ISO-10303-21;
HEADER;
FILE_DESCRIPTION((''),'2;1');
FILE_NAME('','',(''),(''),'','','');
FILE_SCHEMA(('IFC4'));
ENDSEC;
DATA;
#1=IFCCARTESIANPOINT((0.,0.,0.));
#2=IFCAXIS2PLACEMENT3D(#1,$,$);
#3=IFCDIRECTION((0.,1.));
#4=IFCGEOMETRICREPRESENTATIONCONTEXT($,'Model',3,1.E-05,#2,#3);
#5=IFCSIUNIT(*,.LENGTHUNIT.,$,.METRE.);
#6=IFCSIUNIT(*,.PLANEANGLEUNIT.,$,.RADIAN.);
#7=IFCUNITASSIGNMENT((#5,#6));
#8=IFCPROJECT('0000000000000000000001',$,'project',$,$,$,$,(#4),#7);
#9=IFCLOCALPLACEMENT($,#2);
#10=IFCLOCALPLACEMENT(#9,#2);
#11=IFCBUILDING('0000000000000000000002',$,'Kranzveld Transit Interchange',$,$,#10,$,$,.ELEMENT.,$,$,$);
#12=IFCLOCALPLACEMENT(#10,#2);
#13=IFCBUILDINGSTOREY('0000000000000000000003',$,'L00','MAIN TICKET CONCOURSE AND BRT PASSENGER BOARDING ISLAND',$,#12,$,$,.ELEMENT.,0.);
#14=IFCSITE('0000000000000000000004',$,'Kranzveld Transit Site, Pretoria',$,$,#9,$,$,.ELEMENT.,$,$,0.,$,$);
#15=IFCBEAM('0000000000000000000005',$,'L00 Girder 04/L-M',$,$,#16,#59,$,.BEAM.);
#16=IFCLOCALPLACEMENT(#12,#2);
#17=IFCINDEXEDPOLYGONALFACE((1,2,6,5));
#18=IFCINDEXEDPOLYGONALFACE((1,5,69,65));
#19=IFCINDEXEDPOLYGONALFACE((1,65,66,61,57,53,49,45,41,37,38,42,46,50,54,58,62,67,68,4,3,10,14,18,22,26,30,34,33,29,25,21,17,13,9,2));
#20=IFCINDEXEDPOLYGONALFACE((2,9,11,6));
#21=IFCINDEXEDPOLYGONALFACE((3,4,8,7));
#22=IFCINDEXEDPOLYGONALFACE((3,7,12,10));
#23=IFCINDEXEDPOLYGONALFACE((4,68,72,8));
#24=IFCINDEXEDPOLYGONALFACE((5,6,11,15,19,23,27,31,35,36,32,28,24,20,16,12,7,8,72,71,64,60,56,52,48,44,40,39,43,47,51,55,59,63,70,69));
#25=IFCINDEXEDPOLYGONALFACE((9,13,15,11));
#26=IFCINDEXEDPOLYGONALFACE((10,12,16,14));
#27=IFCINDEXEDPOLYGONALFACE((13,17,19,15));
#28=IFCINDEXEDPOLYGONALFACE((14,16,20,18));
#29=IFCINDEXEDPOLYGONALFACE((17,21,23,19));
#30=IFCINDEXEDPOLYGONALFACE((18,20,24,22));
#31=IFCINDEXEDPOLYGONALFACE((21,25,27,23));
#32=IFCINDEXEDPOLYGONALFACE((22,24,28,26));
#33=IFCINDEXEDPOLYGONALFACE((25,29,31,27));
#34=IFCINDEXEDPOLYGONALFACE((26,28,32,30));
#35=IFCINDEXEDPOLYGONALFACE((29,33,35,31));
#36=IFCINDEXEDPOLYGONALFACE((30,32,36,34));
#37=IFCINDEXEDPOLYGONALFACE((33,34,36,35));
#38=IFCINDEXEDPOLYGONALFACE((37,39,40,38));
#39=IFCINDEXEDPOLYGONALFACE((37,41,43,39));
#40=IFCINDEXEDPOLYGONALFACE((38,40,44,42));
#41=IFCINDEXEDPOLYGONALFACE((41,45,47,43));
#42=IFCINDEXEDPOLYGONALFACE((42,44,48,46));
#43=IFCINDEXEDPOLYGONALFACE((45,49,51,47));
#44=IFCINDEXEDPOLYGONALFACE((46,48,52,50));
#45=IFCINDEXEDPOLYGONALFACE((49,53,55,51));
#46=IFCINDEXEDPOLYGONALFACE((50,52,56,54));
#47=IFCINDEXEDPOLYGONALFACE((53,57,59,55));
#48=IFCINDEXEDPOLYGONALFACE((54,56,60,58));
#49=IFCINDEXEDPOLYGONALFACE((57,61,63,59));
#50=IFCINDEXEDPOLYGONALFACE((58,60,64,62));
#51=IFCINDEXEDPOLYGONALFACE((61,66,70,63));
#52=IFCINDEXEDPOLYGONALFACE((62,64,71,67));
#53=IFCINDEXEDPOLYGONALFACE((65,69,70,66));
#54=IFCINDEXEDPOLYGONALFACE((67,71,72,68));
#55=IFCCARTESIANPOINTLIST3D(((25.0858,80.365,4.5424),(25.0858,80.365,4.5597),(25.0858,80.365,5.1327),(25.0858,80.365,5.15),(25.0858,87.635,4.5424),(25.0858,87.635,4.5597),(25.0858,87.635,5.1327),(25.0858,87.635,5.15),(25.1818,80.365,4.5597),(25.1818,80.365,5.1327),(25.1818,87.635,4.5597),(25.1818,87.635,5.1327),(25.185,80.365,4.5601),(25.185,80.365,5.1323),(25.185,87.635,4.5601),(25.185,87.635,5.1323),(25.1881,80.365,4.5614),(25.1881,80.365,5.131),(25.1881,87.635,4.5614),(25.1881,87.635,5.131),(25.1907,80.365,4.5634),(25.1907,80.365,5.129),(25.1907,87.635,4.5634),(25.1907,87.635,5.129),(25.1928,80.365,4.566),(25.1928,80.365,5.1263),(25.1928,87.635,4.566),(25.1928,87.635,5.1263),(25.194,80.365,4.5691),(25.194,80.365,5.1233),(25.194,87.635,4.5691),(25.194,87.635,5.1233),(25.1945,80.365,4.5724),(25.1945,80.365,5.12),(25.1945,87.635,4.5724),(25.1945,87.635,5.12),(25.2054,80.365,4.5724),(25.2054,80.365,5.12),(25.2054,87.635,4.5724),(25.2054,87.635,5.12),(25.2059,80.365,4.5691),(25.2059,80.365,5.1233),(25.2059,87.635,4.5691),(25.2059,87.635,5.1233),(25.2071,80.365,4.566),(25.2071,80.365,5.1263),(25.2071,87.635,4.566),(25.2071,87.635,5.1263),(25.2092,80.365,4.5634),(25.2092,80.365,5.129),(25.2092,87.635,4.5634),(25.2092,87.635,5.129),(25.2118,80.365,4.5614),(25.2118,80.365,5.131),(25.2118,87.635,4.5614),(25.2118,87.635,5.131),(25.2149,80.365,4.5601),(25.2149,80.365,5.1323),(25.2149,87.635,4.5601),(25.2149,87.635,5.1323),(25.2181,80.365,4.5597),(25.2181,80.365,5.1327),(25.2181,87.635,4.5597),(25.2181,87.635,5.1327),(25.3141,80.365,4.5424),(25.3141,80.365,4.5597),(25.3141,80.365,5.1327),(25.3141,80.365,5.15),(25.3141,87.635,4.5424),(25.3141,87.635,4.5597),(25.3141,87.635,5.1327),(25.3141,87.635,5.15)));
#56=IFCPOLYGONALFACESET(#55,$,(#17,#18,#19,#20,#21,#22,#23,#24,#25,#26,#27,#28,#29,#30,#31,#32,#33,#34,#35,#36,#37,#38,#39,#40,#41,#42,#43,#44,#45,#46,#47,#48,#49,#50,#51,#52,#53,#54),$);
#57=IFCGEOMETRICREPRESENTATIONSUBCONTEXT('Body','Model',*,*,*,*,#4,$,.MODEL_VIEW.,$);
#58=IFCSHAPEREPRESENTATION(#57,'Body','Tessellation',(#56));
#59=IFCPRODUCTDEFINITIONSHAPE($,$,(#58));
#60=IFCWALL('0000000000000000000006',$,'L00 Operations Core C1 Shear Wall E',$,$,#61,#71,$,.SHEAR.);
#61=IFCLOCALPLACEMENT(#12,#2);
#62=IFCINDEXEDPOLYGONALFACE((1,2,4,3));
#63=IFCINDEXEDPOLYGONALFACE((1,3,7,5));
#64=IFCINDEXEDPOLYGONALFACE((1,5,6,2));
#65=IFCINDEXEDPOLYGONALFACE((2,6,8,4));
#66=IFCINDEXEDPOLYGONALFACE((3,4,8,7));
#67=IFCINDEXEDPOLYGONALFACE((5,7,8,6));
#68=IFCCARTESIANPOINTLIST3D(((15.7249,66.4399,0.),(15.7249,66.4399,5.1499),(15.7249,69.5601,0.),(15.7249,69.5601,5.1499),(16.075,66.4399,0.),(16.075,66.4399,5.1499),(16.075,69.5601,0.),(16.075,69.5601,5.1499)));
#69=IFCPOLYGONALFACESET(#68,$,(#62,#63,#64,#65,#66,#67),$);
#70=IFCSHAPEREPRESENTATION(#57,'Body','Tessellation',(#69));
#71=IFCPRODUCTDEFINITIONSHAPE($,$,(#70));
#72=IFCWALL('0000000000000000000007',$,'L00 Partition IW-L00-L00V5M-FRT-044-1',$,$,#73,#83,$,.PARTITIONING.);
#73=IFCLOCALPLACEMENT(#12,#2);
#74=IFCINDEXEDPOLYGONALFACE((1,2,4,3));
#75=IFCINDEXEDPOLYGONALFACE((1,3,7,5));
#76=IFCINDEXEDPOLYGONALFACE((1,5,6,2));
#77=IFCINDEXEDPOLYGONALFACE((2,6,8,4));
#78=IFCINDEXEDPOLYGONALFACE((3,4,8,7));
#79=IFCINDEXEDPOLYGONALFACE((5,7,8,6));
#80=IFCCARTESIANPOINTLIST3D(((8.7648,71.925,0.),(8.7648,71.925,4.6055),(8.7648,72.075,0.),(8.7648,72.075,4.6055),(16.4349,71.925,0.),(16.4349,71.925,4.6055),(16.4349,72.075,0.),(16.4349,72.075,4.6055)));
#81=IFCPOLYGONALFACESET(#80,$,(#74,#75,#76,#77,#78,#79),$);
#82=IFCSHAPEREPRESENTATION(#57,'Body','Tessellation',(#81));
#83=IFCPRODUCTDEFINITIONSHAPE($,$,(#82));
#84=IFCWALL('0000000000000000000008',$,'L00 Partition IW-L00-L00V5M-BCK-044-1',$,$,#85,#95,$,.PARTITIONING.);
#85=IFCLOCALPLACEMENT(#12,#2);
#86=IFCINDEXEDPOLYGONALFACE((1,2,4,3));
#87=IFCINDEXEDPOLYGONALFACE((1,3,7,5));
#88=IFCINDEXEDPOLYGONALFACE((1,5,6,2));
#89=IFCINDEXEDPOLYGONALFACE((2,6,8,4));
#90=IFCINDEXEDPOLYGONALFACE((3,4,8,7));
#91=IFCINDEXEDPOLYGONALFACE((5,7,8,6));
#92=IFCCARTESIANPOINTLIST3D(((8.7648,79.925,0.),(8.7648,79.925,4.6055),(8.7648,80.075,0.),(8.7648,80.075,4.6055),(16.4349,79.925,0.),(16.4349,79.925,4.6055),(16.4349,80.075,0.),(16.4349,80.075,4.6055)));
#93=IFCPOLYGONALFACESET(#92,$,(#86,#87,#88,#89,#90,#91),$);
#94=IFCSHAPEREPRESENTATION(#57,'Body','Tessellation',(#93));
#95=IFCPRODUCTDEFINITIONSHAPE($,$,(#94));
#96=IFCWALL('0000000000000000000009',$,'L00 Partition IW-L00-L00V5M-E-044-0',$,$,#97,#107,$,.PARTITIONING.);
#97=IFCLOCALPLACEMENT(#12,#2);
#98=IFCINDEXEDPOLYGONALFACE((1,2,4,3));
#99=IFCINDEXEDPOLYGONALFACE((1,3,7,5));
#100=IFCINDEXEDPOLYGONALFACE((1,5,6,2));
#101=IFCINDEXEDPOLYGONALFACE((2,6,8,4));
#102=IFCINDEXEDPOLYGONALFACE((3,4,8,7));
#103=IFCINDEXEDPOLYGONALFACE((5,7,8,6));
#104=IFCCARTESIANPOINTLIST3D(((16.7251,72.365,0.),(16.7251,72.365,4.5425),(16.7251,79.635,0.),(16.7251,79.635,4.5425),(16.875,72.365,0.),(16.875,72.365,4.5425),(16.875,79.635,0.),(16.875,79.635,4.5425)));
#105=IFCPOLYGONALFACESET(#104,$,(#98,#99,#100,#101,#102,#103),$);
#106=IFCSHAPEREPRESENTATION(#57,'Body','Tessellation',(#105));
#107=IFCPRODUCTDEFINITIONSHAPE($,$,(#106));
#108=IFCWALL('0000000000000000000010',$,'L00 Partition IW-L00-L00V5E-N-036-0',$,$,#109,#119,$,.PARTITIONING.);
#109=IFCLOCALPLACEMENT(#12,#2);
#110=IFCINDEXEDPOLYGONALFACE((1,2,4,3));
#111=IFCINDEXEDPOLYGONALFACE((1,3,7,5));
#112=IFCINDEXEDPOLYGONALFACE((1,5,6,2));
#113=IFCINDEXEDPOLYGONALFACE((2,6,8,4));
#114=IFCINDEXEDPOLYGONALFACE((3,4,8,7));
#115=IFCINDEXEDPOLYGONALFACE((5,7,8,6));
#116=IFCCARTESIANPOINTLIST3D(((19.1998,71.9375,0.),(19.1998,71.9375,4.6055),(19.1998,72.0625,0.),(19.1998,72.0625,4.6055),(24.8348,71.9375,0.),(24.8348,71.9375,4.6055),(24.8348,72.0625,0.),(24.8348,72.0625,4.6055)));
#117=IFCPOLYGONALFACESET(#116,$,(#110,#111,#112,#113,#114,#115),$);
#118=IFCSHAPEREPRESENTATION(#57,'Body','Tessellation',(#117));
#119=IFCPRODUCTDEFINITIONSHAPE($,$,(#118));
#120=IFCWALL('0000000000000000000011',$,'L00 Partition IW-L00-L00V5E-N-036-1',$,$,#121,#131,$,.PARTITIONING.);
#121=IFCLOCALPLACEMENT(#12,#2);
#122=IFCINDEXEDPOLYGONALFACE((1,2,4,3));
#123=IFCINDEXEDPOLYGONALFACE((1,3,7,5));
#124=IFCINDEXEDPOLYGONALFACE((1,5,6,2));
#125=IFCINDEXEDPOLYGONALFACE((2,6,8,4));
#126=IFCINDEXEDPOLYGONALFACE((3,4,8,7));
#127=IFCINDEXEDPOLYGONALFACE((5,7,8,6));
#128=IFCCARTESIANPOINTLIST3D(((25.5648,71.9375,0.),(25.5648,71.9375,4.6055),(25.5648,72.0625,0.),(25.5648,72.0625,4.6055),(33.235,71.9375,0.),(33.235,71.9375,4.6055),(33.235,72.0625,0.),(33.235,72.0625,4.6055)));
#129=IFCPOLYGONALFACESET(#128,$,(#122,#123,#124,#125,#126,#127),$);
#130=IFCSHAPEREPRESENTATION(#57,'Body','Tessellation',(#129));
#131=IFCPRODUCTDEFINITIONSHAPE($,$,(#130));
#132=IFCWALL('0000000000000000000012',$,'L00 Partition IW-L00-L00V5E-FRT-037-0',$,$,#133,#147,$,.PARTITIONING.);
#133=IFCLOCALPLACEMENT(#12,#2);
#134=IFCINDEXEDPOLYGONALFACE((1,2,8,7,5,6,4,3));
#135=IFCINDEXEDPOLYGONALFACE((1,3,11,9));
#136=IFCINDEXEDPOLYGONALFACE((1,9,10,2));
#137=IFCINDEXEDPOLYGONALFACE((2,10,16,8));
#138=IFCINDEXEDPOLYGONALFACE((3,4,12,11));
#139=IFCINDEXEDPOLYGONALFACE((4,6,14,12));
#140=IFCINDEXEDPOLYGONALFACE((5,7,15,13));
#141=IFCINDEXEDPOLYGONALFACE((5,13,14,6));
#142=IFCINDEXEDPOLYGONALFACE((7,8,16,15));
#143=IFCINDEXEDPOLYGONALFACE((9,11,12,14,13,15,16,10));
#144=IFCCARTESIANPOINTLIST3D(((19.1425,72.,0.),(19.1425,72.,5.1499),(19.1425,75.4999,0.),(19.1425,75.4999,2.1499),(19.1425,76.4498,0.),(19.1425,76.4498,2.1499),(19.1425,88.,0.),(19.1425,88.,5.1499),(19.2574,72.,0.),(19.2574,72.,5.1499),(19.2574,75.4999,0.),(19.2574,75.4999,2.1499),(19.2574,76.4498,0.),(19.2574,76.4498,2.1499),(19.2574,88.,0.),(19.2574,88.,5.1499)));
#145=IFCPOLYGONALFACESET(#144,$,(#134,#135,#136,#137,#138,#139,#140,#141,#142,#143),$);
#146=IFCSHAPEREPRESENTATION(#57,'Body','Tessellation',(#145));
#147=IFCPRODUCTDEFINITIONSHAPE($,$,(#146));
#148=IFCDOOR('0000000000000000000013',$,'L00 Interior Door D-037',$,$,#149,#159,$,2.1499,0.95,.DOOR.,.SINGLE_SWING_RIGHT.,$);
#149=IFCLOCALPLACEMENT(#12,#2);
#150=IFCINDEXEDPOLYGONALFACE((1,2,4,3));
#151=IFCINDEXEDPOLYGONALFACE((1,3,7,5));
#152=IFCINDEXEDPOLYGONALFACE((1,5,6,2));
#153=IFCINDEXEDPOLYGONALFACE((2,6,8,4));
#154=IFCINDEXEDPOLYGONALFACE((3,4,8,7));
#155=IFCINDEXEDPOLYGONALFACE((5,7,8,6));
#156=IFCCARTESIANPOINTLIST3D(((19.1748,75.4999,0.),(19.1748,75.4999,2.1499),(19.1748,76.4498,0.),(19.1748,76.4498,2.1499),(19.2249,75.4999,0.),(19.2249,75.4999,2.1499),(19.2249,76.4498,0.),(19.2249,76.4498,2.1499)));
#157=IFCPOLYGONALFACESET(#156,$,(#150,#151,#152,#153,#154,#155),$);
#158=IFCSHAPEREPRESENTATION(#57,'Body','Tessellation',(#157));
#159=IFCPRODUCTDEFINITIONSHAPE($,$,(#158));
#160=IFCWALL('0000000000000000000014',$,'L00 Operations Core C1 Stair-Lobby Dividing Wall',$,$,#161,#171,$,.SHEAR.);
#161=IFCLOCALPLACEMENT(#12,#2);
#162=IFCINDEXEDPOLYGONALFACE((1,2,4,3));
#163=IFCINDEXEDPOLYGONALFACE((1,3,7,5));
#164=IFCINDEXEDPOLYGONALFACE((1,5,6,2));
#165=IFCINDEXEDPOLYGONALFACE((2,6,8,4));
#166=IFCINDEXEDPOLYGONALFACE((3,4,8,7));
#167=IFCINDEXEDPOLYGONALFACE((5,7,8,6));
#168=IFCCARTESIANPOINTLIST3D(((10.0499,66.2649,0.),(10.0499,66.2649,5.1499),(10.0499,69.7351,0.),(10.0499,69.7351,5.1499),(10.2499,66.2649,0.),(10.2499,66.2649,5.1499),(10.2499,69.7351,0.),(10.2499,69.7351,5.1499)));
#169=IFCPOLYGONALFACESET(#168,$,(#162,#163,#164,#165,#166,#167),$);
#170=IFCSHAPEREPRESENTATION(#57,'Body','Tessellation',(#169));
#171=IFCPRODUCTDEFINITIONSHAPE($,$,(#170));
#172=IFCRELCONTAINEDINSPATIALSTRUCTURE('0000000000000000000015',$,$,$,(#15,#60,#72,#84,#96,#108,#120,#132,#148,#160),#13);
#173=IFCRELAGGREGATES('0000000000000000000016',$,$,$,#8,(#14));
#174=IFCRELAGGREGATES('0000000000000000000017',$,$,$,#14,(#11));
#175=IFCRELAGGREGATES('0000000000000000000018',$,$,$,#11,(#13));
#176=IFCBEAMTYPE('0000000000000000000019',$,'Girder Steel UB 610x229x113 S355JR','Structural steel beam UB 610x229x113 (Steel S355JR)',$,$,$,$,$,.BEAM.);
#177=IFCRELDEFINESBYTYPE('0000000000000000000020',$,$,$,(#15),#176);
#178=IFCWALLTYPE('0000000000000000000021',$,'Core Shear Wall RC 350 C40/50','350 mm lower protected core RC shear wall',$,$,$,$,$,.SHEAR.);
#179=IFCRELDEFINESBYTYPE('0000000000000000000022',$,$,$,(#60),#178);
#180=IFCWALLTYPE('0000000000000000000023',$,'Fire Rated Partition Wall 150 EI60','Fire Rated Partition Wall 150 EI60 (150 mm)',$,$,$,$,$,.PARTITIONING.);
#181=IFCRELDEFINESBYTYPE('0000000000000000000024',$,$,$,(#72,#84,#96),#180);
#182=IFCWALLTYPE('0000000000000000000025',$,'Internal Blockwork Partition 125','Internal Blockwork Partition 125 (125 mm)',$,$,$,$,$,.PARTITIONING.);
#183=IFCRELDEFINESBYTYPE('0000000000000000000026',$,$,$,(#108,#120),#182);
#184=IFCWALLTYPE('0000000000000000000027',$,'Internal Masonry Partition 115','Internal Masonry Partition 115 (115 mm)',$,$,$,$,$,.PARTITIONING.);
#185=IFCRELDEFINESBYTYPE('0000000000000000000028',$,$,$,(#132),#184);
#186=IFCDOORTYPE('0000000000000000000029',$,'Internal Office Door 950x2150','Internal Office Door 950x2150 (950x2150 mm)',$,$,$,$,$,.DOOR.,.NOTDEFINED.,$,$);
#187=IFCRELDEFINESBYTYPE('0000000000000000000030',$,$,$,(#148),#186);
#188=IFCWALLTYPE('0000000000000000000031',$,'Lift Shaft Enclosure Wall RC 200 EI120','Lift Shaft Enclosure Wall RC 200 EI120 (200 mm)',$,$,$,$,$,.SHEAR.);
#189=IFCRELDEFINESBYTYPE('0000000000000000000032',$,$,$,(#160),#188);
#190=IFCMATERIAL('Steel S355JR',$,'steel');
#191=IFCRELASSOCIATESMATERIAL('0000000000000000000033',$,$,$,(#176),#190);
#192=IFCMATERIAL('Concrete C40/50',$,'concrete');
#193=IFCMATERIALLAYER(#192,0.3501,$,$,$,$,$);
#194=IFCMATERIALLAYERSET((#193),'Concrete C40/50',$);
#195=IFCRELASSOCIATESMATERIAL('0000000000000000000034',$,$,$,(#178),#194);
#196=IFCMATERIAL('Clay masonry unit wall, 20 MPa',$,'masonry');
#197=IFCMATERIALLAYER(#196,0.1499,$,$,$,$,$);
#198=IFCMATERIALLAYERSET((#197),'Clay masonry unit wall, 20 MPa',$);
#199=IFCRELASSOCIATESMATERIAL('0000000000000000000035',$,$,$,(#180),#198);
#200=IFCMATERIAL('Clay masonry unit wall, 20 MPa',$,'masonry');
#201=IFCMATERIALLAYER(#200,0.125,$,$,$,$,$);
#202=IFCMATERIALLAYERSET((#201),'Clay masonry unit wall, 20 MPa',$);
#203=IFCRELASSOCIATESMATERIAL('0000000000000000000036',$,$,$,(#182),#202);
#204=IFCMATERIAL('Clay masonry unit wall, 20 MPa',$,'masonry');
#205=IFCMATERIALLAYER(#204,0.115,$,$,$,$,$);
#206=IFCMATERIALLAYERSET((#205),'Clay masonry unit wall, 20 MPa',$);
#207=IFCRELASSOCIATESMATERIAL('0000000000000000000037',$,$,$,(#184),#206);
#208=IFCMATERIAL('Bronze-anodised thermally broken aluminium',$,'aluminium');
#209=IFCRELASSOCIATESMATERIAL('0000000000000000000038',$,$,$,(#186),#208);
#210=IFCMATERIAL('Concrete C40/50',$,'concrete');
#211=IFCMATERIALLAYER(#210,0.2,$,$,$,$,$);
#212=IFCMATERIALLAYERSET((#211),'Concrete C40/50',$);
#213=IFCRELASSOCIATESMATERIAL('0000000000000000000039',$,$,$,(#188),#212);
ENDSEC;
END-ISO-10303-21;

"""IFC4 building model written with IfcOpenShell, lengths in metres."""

from ifc_helpers import new_model, si_unit, direction, frame, frame_2d, origin, origin_2d, place, context, subcontext, project, spatial, rectangle, i_section, extrude, material, layer, layer_set, material_profile, profile_set, type_object, element, fill, save


model = new_model("IFC4")

# Units and contexts
model_context = context("Model", 3, precision=1e-05, world=origin(), true_north=direction((0.0, 1.0)))
body_context = subcontext(model_context, "Body", "Model", "MODEL_VIEW")
ifc_project = project(units=[si_unit("LENGTHUNIT", "METRE"), si_unit("PLANEANGLEUNIT", "RADIAN")], contexts=[model_context])

# Site, building, storey
site_placement = place(None, origin())
site = spatial("IfcSite", under=ifc_project, at=site_placement, Name="Kranzveld Transit Site, Pretoria", CompositionType="ELEMENT", RefElevation=0.0)
building_placement = place(site_placement, origin())
building = spatial("IfcBuilding", under=site, at=building_placement, Name="Kranzveld Transit Interchange", CompositionType="ELEMENT")
storey_placement = place(building_placement, origin())
storey = spatial("IfcBuildingStorey", under=building, at=storey_placement, Name="L00", Description="MAIN TICKET CONCOURSE AND BRT PASSENGER BOARDING ISLAND", CompositionType="ELEMENT", Elevation=0.0)

# Beam
ifc_material_1 = material(Name="Steel S355JR", Category="steel")
ifc_material_profile_1 = material_profile(ifc_material_1, i_section(OverallWidth=0.2283, OverallDepth=0.6077, WebThickness=0.011, FlangeThickness=0.0173, FilletRadius=0.0127, at=origin_2d()), Name="UB 610x229x113")
ifc_profile_set_1 = profile_set([ifc_material_profile_1], Name="Steel S355JR")
beam_type_1 = type_object("IfcBeamType", Name="Girder Steel UB 610x229x113 S355JR", Description="Structural steel beam UB 610x229x113 (Steel S355JR)", PredefinedType="BEAM", material=ifc_profile_set_1)
for number, where, z_axis, x_axis, name in (
    (1, (25.2, 80.365, 4.8462), (0.0, 1.0, 0.0), (-1.0, 0.0, 0.0), "L00 Girder 04/L-M"),
):
    element("IfcBeam", number, at=place(storey_placement, frame(where, z_axis=z_axis, x_axis=x_axis)), inside=storey, type_object=beam_type_1, Name=name, PredefinedType="BEAM", context=body_context, shape_type="SweptSolid", body=[
        extrude(i_section(OverallWidth=0.2283, OverallDepth=0.6077, WebThickness=0.011, FlangeThickness=0.0173, FilletRadius=0.0127, at=origin_2d()), origin(), (0.0, 0.0, 1.0), 7.27),
    ])

# Walls
ifc_material_2 = material(Name="Concrete C40/50", Category="concrete")
ifc_layer_1 = layer(ifc_material_2, 0.3501)
ifc_layer_set_1 = layer_set([ifc_layer_1], Name="Concrete C40/50")
wall_type_1 = type_object("IfcWallType", Name="Core Shear Wall RC 350 C40/50", Description="350 mm lower protected core RC shear wall", PredefinedType="SHEAR", material=ifc_layer_set_1)
wall_1_placement = place(storey_placement, frame((15.8999, 66.4399, 0.0), z_axis=(0.0, 0.0, 1.0), x_axis=(0.0, 1.0, 0.0)))
element("IfcWall", 2, at=wall_1_placement, inside=storey, type_object=wall_type_1, Name="L00 Operations Core C1 Shear Wall E", PredefinedType="SHEAR", context=body_context, shape_type="SweptSolid", body=[
    extrude(rectangle(XDim=3.1201, YDim=0.3501, at=frame_2d((1.5601, 0.0))), origin(), (0.0, 0.0, 1.0), 5.1499),
])
ifc_material_3 = material(Name="Clay masonry unit wall, 20 MPa", Category="masonry")
ifc_layer_2 = layer(ifc_material_3, 0.1499)
ifc_layer_set_2 = layer_set([ifc_layer_2], Name="Clay masonry unit wall, 20 MPa")
wall_type_2 = type_object("IfcWallType", Name="Fire Rated Partition Wall 150 EI60", Description="Fire Rated Partition Wall 150 EI60 (150 mm)", PredefinedType="PARTITIONING", material=ifc_layer_set_2)
for number, where, z_axis, x_axis, name in (
    (3, (8.7649, 72.0, 0.0), (0.0, 0.0, 1.0), (1.0, 0.0, 0.0), "L00 Partition IW-L00-L00V5M-FRT-044-1"),
    (4, (8.7649, 80.0, 0.0), (0.0, 0.0, 1.0), (1.0, 0.0, 0.0), "L00 Partition IW-L00-L00V5M-BCK-044-1"),
):
    element("IfcWall", number, at=place(storey_placement, frame(where, z_axis=z_axis, x_axis=x_axis)), inside=storey, type_object=wall_type_2, Name=name, PredefinedType="PARTITIONING", context=body_context, shape_type="SweptSolid", body=[
        extrude(rectangle(XDim=7.6702, YDim=0.1499, at=frame_2d((3.835, 0.0))), origin(), (0.0, 0.0, 1.0), 4.6055),
    ])
wall_2_placement = place(storey_placement, frame((16.8, 72.365, 0.0), z_axis=(0.0, 0.0, 1.0), x_axis=(0.0, 1.0, 0.0)))
element("IfcWall", 5, at=wall_2_placement, inside=storey, type_object=wall_type_2, Name="L00 Partition IW-L00-L00V5M-E-044-0", PredefinedType="PARTITIONING", context=body_context, shape_type="SweptSolid", body=[
    extrude(rectangle(XDim=7.27, YDim=0.1499, at=frame_2d((3.635, 0.0))), origin(), (0.0, 0.0, 1.0), 4.5425),
])
ifc_material_4 = material(Name="Clay masonry unit wall, 20 MPa", Category="masonry")
ifc_layer_3 = layer(ifc_material_4, 0.125)
ifc_layer_set_3 = layer_set([ifc_layer_3], Name="Clay masonry unit wall, 20 MPa")
wall_type_3 = type_object("IfcWallType", Name="Internal Blockwork Partition 125", Description="Internal Blockwork Partition 125 (125 mm)", PredefinedType="PARTITIONING", material=ifc_layer_set_3)
wall_3_placement = place(storey_placement, frame((19.2, 72.0, 0.0), z_axis=(0.0, 0.0, 1.0), x_axis=(1.0, 0.0, 0.0)))
element("IfcWall", 6, at=wall_3_placement, inside=storey, type_object=wall_type_3, Name="L00 Partition IW-L00-L00V5E-N-036-0", PredefinedType="PARTITIONING", context=body_context, shape_type="SweptSolid", body=[
    extrude(rectangle(XDim=5.635, YDim=0.125, at=frame_2d((2.8174, 0.0))), origin(), (0.0, 0.0, 1.0), 4.6055),
])
wall_4_placement = place(storey_placement, frame((25.5649, 72.0, 0.0), z_axis=(0.0, 0.0, 1.0), x_axis=(1.0, 0.0, 0.0)))
element("IfcWall", 7, at=wall_4_placement, inside=storey, type_object=wall_type_3, Name="L00 Partition IW-L00-L00V5E-N-036-1", PredefinedType="PARTITIONING", context=body_context, shape_type="SweptSolid", body=[
    extrude(rectangle(XDim=7.6702, YDim=0.125, at=frame_2d((3.835, 0.0))), origin(), (0.0, 0.0, 1.0), 4.6055),
])

# Wall, opening, door
ifc_material_5 = material(Name="Clay masonry unit wall, 20 MPa", Category="masonry")
ifc_layer_4 = layer(ifc_material_5, 0.115)
ifc_layer_set_4 = layer_set([ifc_layer_4], Name="Clay masonry unit wall, 20 MPa")
wall_type_4 = type_object("IfcWallType", Name="Internal Masonry Partition 115", Description="Internal Masonry Partition 115 (115 mm)", PredefinedType="PARTITIONING", material=ifc_layer_set_4)
wall_5_placement = place(storey_placement, frame((19.2, 72.0, 0.0), z_axis=(0.0, 0.0, 1.0), x_axis=(0.0, 1.0, 0.0)))
wall_5 = element("IfcWall", 8, at=wall_5_placement, inside=storey, type_object=wall_type_4, Name="L00 Partition IW-L00-L00V5E-FRT-037-0", PredefinedType="PARTITIONING", context=body_context, shape_type="SweptSolid", body=[
    extrude(rectangle(XDim=16.0, YDim=0.115, at=frame_2d((8.0, 0.0))), origin(), (0.0, 0.0, 1.0), 5.1499),
])
opening_1_placement = place(wall_5_placement, frame((4.45, 0.0, 0.0), z_axis=(0.0, 0.0, 1.0), x_axis=(-1.0, 0.0, 0.0)))
opening_1 = element("IfcOpeningElement", 9, at=opening_1_placement, cuts=wall_5, PredefinedType="OPENING", context=body_context, shape_type="SweptSolid", body=[
    extrude(rectangle(XDim=0.95, YDim=2.1499, at=frame_2d((0.4751, 1.075))), frame((0.0, 0.0674, 0.0), z_axis=(0.0, -1.0, 0.0), x_axis=(1.0, 0.0, 0.0)), (0.0, 0.0, 1.0), 0.135),
])
ifc_material_6 = material(Name="Bronze-anodised thermally broken aluminium", Category="aluminium")
door_type_1 = type_object("IfcDoorType", Name="Internal Office Door 950x2150", Description="Internal Office Door 950x2150 (950x2150 mm)", OperationType="NOTDEFINED", PredefinedType="DOOR", material=ifc_material_6)
door_1_placement = place(opening_1_placement, origin())
door_1 = element("IfcDoor", 10, at=door_1_placement, inside=storey, type_object=door_type_1, Name="L00 Interior Door D-037", OperationType="SINGLE_SWING_RIGHT", OverallHeight=2.1499, OverallWidth=0.95, PredefinedType="DOOR", context=body_context, shape_type="SweptSolid", body=[
    extrude(rectangle(XDim=0.95, YDim=2.1499, at=frame_2d((0.4751, 1.075))), frame((0.0, 0.0249, 0.0), z_axis=(0.0, -1.0, 0.0), x_axis=(1.0, 0.0, 0.0)), (0.0, 0.0, 1.0), 0.05),
])
fill(opening_1, door_1)

# Wall
ifc_material_7 = material(Name="Concrete C40/50", Category="concrete")
ifc_layer_5 = layer(ifc_material_7, 0.2)
ifc_layer_set_5 = layer_set([ifc_layer_5], Name="Concrete C40/50")
wall_type_5 = type_object("IfcWallType", Name="Lift Shaft Enclosure Wall RC 200 EI120", Description="Lift Shaft Enclosure Wall RC 200 EI120 (200 mm)", PredefinedType="SHEAR", material=ifc_layer_set_5)
wall_6_placement = place(storey_placement, frame((10.1499, 66.2649, 0.0), z_axis=(0.0, 0.0, 1.0), x_axis=(0.0, 1.0, 0.0)))
element("IfcWall", 11, at=wall_6_placement, inside=storey, type_object=wall_type_5, Name="L00 Operations Core C1 Stair-Lobby Dividing Wall", PredefinedType="SHEAR", context=body_context, shape_type="SweptSolid", body=[
    extrude(rectangle(XDim=3.4702, YDim=0.2, at=frame_2d((1.7351, 0.0))), origin(), (0.0, 0.0, 1.0), 5.1499),
])

save(model, "model.ifc")
